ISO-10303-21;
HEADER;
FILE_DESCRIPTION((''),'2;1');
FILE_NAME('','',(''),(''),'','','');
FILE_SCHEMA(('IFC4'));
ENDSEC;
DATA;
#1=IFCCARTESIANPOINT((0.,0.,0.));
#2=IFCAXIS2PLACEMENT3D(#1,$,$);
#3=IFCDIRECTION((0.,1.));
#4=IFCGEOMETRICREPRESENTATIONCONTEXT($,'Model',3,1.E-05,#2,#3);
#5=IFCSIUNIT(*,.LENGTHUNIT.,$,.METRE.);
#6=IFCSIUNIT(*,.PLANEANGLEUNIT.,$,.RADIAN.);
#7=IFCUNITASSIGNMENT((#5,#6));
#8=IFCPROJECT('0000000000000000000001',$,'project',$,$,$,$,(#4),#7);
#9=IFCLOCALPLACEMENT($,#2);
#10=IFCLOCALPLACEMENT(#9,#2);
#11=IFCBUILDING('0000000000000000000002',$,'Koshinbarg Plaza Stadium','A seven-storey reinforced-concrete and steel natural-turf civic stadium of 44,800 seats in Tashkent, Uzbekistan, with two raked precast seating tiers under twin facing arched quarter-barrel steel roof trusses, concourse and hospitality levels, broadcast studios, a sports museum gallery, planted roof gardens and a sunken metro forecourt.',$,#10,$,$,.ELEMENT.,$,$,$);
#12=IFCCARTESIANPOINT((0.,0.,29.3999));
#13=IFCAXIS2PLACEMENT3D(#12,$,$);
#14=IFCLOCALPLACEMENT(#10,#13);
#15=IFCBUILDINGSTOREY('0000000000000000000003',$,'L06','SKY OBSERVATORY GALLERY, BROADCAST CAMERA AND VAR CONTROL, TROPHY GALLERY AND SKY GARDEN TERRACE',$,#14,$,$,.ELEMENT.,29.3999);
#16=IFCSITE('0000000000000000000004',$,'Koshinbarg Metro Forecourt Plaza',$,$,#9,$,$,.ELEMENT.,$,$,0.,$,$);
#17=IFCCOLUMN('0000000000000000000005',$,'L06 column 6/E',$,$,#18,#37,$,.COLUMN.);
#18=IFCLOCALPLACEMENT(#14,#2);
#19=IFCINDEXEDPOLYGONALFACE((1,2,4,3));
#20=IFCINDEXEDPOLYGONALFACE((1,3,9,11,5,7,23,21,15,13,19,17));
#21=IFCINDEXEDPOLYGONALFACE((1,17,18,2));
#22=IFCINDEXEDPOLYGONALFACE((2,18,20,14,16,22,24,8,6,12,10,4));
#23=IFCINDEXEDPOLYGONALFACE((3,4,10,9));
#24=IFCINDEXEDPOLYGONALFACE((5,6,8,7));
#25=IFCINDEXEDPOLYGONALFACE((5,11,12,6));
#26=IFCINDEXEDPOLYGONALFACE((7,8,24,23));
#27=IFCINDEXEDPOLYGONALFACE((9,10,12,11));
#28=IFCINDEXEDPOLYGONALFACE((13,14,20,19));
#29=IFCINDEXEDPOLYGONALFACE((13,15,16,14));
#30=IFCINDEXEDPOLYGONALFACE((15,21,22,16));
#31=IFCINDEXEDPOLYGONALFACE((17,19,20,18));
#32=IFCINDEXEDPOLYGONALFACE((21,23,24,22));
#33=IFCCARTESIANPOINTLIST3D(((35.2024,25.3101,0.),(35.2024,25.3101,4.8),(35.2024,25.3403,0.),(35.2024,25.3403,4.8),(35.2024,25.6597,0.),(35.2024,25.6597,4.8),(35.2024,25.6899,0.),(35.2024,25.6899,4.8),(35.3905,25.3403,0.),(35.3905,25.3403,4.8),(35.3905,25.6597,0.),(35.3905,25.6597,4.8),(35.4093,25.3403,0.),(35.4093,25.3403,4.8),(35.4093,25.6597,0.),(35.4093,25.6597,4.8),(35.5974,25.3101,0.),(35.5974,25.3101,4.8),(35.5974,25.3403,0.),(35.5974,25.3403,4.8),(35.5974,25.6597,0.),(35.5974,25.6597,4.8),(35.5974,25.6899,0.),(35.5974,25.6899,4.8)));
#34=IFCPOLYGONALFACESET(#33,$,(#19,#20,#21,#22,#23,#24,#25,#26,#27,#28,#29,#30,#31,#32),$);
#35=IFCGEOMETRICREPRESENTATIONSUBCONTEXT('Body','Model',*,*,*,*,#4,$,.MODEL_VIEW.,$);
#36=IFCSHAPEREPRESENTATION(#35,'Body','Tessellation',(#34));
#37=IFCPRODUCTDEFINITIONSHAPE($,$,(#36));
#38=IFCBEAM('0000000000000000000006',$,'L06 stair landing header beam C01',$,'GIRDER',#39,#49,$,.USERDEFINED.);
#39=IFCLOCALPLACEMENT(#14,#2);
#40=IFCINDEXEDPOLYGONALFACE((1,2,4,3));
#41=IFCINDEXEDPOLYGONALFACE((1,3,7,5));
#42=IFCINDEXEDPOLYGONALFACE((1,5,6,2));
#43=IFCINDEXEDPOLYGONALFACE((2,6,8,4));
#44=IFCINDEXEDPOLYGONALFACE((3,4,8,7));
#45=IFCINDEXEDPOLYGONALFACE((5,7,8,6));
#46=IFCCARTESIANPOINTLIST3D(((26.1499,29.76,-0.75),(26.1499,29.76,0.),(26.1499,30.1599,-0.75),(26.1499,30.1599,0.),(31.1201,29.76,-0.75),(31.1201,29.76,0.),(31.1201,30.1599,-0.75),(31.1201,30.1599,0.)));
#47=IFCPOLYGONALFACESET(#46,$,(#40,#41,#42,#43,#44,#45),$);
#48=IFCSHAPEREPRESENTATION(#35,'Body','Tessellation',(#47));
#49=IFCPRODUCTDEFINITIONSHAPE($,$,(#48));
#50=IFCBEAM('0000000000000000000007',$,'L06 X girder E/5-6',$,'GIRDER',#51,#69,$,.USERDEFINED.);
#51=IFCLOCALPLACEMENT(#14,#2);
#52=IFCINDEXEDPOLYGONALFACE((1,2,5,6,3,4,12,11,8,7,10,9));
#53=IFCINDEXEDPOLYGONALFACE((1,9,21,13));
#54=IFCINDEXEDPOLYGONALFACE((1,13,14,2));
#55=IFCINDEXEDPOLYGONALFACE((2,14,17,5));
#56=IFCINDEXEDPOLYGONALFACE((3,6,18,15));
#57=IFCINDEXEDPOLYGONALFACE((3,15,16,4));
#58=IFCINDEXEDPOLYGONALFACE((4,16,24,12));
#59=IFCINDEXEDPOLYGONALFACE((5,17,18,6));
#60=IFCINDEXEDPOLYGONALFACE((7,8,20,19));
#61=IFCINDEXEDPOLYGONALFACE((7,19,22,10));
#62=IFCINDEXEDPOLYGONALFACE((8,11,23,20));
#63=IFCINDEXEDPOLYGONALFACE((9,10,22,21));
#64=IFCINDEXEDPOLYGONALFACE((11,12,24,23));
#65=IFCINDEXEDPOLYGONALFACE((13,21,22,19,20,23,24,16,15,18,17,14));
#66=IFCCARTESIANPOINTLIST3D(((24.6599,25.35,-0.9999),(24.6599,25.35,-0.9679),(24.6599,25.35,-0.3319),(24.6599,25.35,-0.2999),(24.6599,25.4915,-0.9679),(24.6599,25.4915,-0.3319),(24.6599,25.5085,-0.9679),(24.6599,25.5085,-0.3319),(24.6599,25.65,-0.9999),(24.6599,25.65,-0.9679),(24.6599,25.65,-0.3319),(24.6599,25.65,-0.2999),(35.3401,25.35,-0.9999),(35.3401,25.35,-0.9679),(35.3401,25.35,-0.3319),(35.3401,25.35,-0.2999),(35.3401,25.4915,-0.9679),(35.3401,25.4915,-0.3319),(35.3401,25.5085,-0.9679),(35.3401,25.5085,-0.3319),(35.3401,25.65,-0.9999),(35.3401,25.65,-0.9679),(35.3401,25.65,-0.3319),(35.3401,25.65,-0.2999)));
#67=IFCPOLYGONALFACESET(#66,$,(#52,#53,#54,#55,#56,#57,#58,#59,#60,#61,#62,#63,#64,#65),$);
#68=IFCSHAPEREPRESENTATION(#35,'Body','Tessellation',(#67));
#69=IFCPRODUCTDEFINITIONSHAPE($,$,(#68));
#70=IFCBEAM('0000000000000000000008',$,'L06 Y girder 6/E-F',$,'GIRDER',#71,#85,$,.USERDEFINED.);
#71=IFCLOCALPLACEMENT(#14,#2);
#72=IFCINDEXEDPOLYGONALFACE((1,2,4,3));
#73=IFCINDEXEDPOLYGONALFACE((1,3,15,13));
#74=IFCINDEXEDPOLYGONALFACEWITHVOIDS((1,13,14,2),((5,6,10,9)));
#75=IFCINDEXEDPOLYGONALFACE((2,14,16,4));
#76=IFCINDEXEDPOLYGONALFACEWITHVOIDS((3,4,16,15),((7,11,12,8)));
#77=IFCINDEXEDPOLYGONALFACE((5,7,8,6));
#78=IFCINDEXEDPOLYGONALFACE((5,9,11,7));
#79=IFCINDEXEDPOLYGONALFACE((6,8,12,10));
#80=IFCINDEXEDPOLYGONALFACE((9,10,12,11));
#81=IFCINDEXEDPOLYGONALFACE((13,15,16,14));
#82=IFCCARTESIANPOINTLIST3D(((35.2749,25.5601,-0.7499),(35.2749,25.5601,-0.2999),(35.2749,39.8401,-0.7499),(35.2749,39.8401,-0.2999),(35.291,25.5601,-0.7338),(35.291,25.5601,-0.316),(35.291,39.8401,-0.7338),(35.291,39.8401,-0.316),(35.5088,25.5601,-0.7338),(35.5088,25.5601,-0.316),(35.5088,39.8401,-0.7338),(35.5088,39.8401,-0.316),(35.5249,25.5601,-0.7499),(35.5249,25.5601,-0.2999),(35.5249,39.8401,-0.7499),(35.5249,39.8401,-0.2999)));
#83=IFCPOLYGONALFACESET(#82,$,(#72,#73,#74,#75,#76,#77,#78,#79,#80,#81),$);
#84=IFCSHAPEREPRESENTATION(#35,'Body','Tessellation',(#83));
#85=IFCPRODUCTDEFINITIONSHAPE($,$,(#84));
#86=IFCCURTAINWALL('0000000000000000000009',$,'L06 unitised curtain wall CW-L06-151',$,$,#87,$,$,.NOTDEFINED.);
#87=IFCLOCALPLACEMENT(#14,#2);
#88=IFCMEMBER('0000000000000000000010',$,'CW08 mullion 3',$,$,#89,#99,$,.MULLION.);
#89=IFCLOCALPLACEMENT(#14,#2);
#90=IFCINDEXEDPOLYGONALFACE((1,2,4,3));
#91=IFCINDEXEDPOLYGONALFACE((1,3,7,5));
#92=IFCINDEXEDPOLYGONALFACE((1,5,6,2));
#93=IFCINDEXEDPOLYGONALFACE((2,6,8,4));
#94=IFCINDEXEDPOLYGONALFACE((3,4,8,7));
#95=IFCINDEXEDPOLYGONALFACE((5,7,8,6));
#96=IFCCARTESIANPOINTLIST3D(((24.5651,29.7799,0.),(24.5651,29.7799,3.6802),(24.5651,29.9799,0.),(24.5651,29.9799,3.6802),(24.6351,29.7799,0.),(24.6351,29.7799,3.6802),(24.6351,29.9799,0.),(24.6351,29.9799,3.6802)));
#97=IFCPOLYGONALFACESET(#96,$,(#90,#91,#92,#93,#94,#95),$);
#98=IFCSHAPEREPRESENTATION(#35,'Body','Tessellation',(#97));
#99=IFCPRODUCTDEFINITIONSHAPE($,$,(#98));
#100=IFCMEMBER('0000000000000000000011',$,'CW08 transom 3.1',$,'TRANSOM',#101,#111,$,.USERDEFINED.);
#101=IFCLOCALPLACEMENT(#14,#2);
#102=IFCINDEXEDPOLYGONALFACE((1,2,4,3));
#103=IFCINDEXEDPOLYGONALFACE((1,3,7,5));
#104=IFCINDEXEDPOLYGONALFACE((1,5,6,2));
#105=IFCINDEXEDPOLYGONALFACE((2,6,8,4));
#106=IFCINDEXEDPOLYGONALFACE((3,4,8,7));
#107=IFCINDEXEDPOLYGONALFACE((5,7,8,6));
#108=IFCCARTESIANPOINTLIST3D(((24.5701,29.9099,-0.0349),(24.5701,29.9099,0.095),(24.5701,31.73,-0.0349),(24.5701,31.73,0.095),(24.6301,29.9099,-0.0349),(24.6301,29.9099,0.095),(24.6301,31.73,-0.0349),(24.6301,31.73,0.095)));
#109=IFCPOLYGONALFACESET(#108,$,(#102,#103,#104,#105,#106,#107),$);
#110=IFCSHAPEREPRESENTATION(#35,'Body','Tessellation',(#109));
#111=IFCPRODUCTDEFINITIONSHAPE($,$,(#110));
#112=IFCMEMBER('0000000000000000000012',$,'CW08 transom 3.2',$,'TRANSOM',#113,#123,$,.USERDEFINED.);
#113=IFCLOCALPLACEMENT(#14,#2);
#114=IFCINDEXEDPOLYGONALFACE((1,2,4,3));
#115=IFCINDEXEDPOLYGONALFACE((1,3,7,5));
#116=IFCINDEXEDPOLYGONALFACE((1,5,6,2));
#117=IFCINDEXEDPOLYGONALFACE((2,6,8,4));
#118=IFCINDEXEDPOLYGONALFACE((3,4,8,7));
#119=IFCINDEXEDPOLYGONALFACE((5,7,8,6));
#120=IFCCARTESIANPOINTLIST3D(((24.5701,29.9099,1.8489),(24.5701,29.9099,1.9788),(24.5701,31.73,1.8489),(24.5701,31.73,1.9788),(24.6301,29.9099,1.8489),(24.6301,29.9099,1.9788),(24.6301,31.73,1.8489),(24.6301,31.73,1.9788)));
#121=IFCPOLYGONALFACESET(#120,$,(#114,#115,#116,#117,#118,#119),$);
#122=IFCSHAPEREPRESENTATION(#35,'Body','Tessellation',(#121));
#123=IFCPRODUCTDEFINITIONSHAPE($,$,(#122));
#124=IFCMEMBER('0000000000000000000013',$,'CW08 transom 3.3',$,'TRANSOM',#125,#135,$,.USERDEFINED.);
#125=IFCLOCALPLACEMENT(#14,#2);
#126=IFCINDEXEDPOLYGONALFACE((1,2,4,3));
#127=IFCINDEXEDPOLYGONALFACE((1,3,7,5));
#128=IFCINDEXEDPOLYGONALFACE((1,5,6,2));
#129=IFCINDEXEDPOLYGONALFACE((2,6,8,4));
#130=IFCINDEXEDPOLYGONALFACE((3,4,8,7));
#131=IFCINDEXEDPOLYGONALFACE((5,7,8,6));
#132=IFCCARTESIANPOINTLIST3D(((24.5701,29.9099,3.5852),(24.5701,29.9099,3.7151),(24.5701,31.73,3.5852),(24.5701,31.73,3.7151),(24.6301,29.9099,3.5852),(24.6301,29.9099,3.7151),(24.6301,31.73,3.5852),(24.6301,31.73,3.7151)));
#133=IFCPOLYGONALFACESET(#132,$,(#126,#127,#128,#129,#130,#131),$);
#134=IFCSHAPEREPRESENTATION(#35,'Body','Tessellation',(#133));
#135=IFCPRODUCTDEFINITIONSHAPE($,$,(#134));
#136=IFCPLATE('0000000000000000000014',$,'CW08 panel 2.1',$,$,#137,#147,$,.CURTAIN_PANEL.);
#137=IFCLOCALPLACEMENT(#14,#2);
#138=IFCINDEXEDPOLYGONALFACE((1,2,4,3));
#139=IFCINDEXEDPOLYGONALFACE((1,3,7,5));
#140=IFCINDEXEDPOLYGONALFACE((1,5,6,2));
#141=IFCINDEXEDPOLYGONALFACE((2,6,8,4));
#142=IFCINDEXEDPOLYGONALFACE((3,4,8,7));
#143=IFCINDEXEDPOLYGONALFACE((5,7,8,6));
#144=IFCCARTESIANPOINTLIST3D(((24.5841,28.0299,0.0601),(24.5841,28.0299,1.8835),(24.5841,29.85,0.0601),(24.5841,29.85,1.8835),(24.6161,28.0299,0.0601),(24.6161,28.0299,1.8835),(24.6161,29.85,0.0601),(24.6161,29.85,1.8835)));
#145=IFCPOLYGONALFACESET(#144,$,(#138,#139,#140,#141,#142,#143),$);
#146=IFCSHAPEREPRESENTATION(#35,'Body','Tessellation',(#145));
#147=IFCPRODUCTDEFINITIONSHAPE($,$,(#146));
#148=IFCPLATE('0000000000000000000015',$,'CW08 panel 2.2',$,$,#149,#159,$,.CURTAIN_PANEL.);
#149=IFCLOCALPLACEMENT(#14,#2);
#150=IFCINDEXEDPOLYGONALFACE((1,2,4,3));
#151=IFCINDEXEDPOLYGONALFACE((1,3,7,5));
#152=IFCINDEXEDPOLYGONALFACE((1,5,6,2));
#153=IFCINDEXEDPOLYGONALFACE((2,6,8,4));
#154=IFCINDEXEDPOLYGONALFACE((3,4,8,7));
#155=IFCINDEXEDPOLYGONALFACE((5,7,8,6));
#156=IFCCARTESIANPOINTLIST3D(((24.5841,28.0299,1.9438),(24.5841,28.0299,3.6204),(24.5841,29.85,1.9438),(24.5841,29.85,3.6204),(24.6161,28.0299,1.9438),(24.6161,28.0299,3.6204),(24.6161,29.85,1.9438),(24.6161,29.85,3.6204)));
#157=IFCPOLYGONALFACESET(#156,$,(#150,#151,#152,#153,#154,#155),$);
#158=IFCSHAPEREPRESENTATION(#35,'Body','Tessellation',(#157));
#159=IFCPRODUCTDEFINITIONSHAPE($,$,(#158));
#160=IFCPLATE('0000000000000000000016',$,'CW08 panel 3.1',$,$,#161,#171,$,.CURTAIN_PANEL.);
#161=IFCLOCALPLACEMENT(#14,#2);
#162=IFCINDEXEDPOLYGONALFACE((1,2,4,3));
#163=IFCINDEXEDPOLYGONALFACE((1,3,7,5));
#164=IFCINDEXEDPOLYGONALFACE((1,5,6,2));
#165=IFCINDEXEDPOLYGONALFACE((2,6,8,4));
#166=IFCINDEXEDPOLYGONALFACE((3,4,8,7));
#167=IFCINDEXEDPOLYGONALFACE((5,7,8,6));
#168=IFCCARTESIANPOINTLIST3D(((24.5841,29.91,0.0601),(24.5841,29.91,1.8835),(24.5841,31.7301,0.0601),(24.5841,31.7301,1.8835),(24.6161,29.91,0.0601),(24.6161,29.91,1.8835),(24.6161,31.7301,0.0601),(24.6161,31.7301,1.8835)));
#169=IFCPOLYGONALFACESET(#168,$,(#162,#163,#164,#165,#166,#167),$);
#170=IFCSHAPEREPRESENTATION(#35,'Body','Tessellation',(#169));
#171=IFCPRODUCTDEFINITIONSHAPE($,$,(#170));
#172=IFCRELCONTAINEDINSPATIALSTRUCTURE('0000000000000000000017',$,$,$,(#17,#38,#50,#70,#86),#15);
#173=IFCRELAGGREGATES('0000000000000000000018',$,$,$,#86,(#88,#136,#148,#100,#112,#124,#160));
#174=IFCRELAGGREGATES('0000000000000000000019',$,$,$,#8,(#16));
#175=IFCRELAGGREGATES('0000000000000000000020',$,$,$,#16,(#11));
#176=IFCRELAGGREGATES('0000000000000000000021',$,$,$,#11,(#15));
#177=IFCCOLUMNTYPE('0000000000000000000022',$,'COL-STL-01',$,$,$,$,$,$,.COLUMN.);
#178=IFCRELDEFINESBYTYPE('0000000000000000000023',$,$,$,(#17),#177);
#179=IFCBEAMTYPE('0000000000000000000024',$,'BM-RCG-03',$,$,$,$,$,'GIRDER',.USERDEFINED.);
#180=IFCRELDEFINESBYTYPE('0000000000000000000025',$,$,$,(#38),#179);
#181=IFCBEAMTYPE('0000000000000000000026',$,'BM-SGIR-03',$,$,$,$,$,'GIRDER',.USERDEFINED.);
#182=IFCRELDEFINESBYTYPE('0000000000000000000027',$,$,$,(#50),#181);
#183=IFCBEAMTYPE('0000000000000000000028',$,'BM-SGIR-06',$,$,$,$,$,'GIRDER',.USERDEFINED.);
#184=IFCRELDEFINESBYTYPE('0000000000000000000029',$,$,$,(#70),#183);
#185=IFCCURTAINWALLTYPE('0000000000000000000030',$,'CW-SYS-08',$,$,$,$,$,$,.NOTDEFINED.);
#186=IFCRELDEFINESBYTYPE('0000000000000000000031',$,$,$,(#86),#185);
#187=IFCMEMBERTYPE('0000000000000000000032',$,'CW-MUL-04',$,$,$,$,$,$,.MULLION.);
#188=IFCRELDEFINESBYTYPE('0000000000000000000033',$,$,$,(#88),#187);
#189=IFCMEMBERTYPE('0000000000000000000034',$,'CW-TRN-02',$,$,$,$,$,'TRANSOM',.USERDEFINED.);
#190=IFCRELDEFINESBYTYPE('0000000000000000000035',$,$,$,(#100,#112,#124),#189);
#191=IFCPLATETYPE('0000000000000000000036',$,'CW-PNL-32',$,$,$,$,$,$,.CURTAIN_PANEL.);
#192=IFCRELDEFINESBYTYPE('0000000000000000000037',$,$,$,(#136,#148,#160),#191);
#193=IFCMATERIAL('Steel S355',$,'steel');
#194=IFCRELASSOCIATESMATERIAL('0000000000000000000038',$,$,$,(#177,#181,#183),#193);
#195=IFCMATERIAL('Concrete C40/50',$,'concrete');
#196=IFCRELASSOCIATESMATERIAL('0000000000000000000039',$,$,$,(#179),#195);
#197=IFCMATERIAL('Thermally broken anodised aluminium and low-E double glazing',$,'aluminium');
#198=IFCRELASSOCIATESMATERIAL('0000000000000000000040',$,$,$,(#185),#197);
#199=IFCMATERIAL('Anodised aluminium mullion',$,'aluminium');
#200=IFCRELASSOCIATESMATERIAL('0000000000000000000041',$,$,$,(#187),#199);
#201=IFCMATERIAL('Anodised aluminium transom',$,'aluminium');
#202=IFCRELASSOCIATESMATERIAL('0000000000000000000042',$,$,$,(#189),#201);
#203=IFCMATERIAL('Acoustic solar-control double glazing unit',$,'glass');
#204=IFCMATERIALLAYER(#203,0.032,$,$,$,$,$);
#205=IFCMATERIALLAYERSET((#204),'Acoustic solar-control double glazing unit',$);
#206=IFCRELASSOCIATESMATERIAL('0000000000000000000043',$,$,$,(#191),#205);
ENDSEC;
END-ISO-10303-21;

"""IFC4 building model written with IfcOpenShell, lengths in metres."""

from ifc_helpers import new_model, si_unit, direction, frame, origin, origin_2d, place, context, subcontext, project, spatial, rectangle, hollow_rectangle, i_section, extrude, material, layer, layer_set, material_profile, profile_set, type_object, element, aggregate, save


model = new_model("IFC4")

# Units and contexts
model_context = context("Model", 3, precision=1e-05, world=origin(), true_north=direction((0.0, 1.0)))
body_context = subcontext(model_context, "Body", "Model", "MODEL_VIEW")
ifc_project = project(units=[si_unit("LENGTHUNIT", "METRE"), si_unit("PLANEANGLEUNIT", "RADIAN")], contexts=[model_context])

# Site, building, storey
site_placement = place(None, origin())
site = spatial("IfcSite", under=ifc_project, at=site_placement, Name="Koshinbarg Metro Forecourt Plaza", CompositionType="ELEMENT", RefElevation=0.0)
building_placement = place(site_placement, origin())
building = spatial("IfcBuilding", under=site, at=building_placement, Name="Koshinbarg Plaza Stadium", Description="A seven-storey reinforced-concrete and steel natural-turf civic stadium of 44,800 seats in Tashkent, Uzbekistan, with two raked precast seating tiers under twin facing arched quarter-barrel steel roof trusses, concourse and hospitality levels, broadcast studios, a sports museum gallery, planted roof gardens and a sunken metro forecourt.", CompositionType="ELEMENT")
storey_placement = place(building_placement, frame((0.0, 0.0, 29.3999)))
storey = spatial("IfcBuildingStorey", under=building, at=storey_placement, Name="L06", Description="SKY OBSERVATORY GALLERY, BROADCAST CAMERA AND VAR CONTROL, TROPHY GALLERY AND SKY GARDEN TERRACE", CompositionType="ELEMENT", Elevation=29.3999)

# Column
ifc_material_1 = material(Name="Steel S355", Category="steel")
ifc_material_profile_1 = material_profile(ifc_material_1, i_section(OverallWidth=0.395, OverallDepth=0.3799, WebThickness=0.0188, FlangeThickness=0.0303, at=origin_2d()), Name="HD 400x237")
ifc_profile_set_1 = profile_set([ifc_material_profile_1], Name="Steel S355")
column_type = type_object("IfcColumnType", Name="COL-STL-01", PredefinedType="COLUMN", material=ifc_profile_set_1)
column_placement = place(storey_placement, frame((35.3999, 25.5, 0.0), z_axis=(0.0, 0.0, 1.0), x_axis=(1.0, 0.0, 0.0)))
element("IfcColumn", 1, at=column_placement, inside=storey, type_object=column_type, Name="L06 column 6/E", PredefinedType="COLUMN", context=body_context, shape_type="SweptSolid", body=[
    extrude(i_section(OverallWidth=0.395, OverallDepth=0.3799, WebThickness=0.0188, FlangeThickness=0.0303, at=origin_2d()), origin(), (0.0, 0.0, 1.0), 4.8),
])

# Beams
ifc_material_2 = material(Name="Concrete C40/50", Category="concrete")
ifc_material_profile_2 = material_profile(ifc_material_2, rectangle(XDim=0.3999, YDim=0.75, at=origin_2d()), Name="RC 400x750")
ifc_profile_set_2 = profile_set([ifc_material_profile_2], Name="Concrete C40/50")
beam_type_1 = type_object("IfcBeamType", Name="BM-RCG-03", ElementType="GIRDER", PredefinedType="USERDEFINED", material=ifc_profile_set_2)
beam_1_placement = place(storey_placement, frame((26.1499, 29.96, -0.375), z_axis=(1.0, 0.0, 0.0), x_axis=(0.0, 1.0, 0.0)))
element("IfcBeam", 2, at=beam_1_placement, inside=storey, type_object=beam_type_1, Name="L06 stair landing header beam C01", ObjectType="GIRDER", PredefinedType="USERDEFINED", context=body_context, shape_type="SweptSolid", body=[
    extrude(rectangle(XDim=0.3999, YDim=0.75, at=origin_2d()), origin(), (0.0, 0.0, 1.0), 4.9702),
])
ifc_material_profile_3 = material_profile(ifc_material_1, i_section(OverallWidth=0.3, OverallDepth=0.7, WebThickness=0.0171, FlangeThickness=0.032, at=origin_2d()), Name="HEB 700")
ifc_profile_set_3 = profile_set([ifc_material_profile_3], Name="Steel S355")
beam_type_2 = type_object("IfcBeamType", Name="BM-SGIR-03", ElementType="GIRDER", PredefinedType="USERDEFINED", material=ifc_profile_set_3)
beam_2_placement = place(storey_placement, frame((24.6599, 25.5, -0.6499), z_axis=(1.0, 0.0, 0.0), x_axis=(0.0, 1.0, 0.0)))
element("IfcBeam", 3, at=beam_2_placement, inside=storey, type_object=beam_type_2, Name="L06 X girder E/5-6", ObjectType="GIRDER", PredefinedType="USERDEFINED", context=body_context, shape_type="SweptSolid", body=[
    extrude(i_section(OverallWidth=0.3, OverallDepth=0.7, WebThickness=0.0171, FlangeThickness=0.032, at=origin_2d()), origin(), (0.0, 0.0, 1.0), 10.6802),
])
ifc_material_profile_4 = material_profile(ifc_material_1, hollow_rectangle(XDim=0.25, YDim=0.45, WallThickness=0.0161, at=origin_2d()), Name="RHS 450x250x16")
ifc_profile_set_4 = profile_set([ifc_material_profile_4], Name="Steel S355")
beam_type_3 = type_object("IfcBeamType", Name="BM-SGIR-06", ElementType="GIRDER", PredefinedType="USERDEFINED", material=ifc_profile_set_4)
beam_3_placement = place(storey_placement, frame((35.3999, 25.5601, -0.5249), z_axis=(0.0, 1.0, 0.0), x_axis=(-1.0, 0.0, 0.0)))
element("IfcBeam", 4, at=beam_3_placement, inside=storey, type_object=beam_type_3, Name="L06 Y girder 6/E-F", ObjectType="GIRDER", PredefinedType="USERDEFINED", context=body_context, shape_type="SweptSolid", body=[
    extrude(hollow_rectangle(XDim=0.25, YDim=0.45, WallThickness=0.0161, at=origin_2d()), origin(), (0.0, 0.0, 1.0), 14.28),
])

# Curtain wall, members, plates
ifc_material_3 = material(Name="Thermally broken anodised aluminium and low-E double glazing", Category="aluminium")
curtain_wall_type = type_object("IfcCurtainWallType", Name="CW-SYS-08", PredefinedType="NOTDEFINED", material=ifc_material_3)
curtain_wall_placement = place(storey_placement, origin())
curtain_wall = element("IfcCurtainWall", 5, at=curtain_wall_placement, inside=storey, type_object=curtain_wall_type, Name="L06 unitised curtain wall CW-L06-151", PredefinedType="NOTDEFINED")
ifc_material_4 = material(Name="Anodised aluminium mullion", Category="aluminium")
ifc_material_profile_5 = material_profile(ifc_material_4, rectangle(XDim=0.0701, YDim=0.2, at=origin_2d()), Name="ALU 70x200")
ifc_profile_set_5 = profile_set([ifc_material_profile_5], Name="Anodised aluminium mullion")
member_type_1 = type_object("IfcMemberType", Name="CW-MUL-04", PredefinedType="MULLION", material=ifc_profile_set_5)
member_1_placement = place(storey_placement, frame((24.6001, 29.8799, 0.0), z_axis=(0.0, 0.0, 1.0), x_axis=(-1.0, 0.0, 0.0)))
member_1 = element("IfcMember", 6, at=member_1_placement, type_object=member_type_1, Name="CW08 mullion 3", PredefinedType="MULLION", context=body_context, shape_type="SweptSolid", body=[
    extrude(rectangle(XDim=0.0701, YDim=0.2, at=origin_2d()), origin(), (0.0, 0.0, 1.0), 3.6802),
])
ifc_material_5 = material(Name="Anodised aluminium transom", Category="aluminium")
ifc_material_profile_6 = material_profile(ifc_material_5, rectangle(XDim=0.0601, YDim=0.1299, at=origin_2d()), Name="ALU 60x130")
ifc_profile_set_6 = profile_set([ifc_material_profile_6], Name="Anodised aluminium transom")
member_type_2 = type_object("IfcMemberType", Name="CW-TRN-02", ElementType="TRANSOM", PredefinedType="USERDEFINED", material=ifc_profile_set_6)
member_2_placement = place(storey_placement, frame((24.6001, 29.9099, 0.03), z_axis=(0.0, 1.0, 0.0), x_axis=(-1.0, 0.0, 0.0)))
member_2 = element("IfcMember", 7, at=member_2_placement, type_object=member_type_2, Name="CW08 transom 3.1", ObjectType="TRANSOM", PredefinedType="USERDEFINED", context=body_context, shape_type="SweptSolid", body=[
    extrude(rectangle(XDim=0.0601, YDim=0.1299, at=origin_2d()), origin(), (0.0, 0.0, 1.0), 1.8201),
])
member_3_placement = place(storey_placement, frame((24.6001, 29.9099, 1.9138), z_axis=(0.0, 1.0, 0.0), x_axis=(-1.0, 0.0, 0.0)))
member_3 = element("IfcMember", 8, at=member_3_placement, type_object=member_type_2, Name="CW08 transom 3.2", ObjectType="TRANSOM", PredefinedType="USERDEFINED", context=body_context, shape_type="SweptSolid", body=[
    extrude(rectangle(XDim=0.0601, YDim=0.1299, at=origin_2d()), origin(), (0.0, 0.0, 1.0), 1.8201),
])
member_4_placement = place(storey_placement, frame((24.6001, 29.9099, 3.6501), z_axis=(0.0, 1.0, 0.0), x_axis=(-1.0, 0.0, 0.0)))
member_4 = element("IfcMember", 9, at=member_4_placement, type_object=member_type_2, Name="CW08 transom 3.3", ObjectType="TRANSOM", PredefinedType="USERDEFINED", context=body_context, shape_type="SweptSolid", body=[
    extrude(rectangle(XDim=0.0601, YDim=0.1299, at=origin_2d()), origin(), (0.0, 0.0, 1.0), 1.8201),
])
ifc_material_6 = material(Name="Acoustic solar-control double glazing unit", Category="glass")
ifc_layer_1 = layer(ifc_material_6, 0.032)
ifc_layer_set_1 = layer_set([ifc_layer_1], Name="Acoustic solar-control double glazing unit")
plate_type = type_object("IfcPlateType", Name="CW-PNL-32", PredefinedType="CURTAIN_PANEL", material=ifc_layer_set_1)
plate_1_placement = place(storey_placement, frame((24.6001, 28.9399, 0.0601), z_axis=(0.0, 0.0, 1.0), x_axis=(0.0, 1.0, 0.0)))
plate_1 = element("IfcPlate", 10, at=plate_1_placement, type_object=plate_type, Name="CW08 panel 2.1", PredefinedType="CURTAIN_PANEL", context=body_context, shape_type="SweptSolid", body=[
    extrude(rectangle(XDim=1.8201, YDim=0.032, at=origin_2d()), origin(), (0.0, 0.0, 1.0), 1.8235),
])
plate_2_placement = place(storey_placement, frame((24.6001, 28.9399, 1.9438), z_axis=(0.0, 0.0, 1.0), x_axis=(0.0, 1.0, 0.0)))
plate_2 = element("IfcPlate", 11, at=plate_2_placement, type_object=plate_type, Name="CW08 panel 2.2", PredefinedType="CURTAIN_PANEL", context=body_context, shape_type="SweptSolid", body=[
    extrude(rectangle(XDim=1.8201, YDim=0.032, at=origin_2d()), origin(), (0.0, 0.0, 1.0), 1.6765),
])
plate_3_placement = place(storey_placement, frame((24.6001, 30.8201, 0.0601), z_axis=(0.0, 0.0, 1.0), x_axis=(0.0, 1.0, 0.0)))
plate_3 = element("IfcPlate", 12, at=plate_3_placement, type_object=plate_type, Name="CW08 panel 3.1", PredefinedType="CURTAIN_PANEL", context=body_context, shape_type="SweptSolid", body=[
    extrude(rectangle(XDim=1.8201, YDim=0.032, at=origin_2d()), origin(), (0.0, 0.0, 1.0), 1.8235),
])
aggregate(curtain_wall, [member_1, plate_1, plate_2, member_2, member_3, member_4, plate_3])

save(model, "model.ifc")
